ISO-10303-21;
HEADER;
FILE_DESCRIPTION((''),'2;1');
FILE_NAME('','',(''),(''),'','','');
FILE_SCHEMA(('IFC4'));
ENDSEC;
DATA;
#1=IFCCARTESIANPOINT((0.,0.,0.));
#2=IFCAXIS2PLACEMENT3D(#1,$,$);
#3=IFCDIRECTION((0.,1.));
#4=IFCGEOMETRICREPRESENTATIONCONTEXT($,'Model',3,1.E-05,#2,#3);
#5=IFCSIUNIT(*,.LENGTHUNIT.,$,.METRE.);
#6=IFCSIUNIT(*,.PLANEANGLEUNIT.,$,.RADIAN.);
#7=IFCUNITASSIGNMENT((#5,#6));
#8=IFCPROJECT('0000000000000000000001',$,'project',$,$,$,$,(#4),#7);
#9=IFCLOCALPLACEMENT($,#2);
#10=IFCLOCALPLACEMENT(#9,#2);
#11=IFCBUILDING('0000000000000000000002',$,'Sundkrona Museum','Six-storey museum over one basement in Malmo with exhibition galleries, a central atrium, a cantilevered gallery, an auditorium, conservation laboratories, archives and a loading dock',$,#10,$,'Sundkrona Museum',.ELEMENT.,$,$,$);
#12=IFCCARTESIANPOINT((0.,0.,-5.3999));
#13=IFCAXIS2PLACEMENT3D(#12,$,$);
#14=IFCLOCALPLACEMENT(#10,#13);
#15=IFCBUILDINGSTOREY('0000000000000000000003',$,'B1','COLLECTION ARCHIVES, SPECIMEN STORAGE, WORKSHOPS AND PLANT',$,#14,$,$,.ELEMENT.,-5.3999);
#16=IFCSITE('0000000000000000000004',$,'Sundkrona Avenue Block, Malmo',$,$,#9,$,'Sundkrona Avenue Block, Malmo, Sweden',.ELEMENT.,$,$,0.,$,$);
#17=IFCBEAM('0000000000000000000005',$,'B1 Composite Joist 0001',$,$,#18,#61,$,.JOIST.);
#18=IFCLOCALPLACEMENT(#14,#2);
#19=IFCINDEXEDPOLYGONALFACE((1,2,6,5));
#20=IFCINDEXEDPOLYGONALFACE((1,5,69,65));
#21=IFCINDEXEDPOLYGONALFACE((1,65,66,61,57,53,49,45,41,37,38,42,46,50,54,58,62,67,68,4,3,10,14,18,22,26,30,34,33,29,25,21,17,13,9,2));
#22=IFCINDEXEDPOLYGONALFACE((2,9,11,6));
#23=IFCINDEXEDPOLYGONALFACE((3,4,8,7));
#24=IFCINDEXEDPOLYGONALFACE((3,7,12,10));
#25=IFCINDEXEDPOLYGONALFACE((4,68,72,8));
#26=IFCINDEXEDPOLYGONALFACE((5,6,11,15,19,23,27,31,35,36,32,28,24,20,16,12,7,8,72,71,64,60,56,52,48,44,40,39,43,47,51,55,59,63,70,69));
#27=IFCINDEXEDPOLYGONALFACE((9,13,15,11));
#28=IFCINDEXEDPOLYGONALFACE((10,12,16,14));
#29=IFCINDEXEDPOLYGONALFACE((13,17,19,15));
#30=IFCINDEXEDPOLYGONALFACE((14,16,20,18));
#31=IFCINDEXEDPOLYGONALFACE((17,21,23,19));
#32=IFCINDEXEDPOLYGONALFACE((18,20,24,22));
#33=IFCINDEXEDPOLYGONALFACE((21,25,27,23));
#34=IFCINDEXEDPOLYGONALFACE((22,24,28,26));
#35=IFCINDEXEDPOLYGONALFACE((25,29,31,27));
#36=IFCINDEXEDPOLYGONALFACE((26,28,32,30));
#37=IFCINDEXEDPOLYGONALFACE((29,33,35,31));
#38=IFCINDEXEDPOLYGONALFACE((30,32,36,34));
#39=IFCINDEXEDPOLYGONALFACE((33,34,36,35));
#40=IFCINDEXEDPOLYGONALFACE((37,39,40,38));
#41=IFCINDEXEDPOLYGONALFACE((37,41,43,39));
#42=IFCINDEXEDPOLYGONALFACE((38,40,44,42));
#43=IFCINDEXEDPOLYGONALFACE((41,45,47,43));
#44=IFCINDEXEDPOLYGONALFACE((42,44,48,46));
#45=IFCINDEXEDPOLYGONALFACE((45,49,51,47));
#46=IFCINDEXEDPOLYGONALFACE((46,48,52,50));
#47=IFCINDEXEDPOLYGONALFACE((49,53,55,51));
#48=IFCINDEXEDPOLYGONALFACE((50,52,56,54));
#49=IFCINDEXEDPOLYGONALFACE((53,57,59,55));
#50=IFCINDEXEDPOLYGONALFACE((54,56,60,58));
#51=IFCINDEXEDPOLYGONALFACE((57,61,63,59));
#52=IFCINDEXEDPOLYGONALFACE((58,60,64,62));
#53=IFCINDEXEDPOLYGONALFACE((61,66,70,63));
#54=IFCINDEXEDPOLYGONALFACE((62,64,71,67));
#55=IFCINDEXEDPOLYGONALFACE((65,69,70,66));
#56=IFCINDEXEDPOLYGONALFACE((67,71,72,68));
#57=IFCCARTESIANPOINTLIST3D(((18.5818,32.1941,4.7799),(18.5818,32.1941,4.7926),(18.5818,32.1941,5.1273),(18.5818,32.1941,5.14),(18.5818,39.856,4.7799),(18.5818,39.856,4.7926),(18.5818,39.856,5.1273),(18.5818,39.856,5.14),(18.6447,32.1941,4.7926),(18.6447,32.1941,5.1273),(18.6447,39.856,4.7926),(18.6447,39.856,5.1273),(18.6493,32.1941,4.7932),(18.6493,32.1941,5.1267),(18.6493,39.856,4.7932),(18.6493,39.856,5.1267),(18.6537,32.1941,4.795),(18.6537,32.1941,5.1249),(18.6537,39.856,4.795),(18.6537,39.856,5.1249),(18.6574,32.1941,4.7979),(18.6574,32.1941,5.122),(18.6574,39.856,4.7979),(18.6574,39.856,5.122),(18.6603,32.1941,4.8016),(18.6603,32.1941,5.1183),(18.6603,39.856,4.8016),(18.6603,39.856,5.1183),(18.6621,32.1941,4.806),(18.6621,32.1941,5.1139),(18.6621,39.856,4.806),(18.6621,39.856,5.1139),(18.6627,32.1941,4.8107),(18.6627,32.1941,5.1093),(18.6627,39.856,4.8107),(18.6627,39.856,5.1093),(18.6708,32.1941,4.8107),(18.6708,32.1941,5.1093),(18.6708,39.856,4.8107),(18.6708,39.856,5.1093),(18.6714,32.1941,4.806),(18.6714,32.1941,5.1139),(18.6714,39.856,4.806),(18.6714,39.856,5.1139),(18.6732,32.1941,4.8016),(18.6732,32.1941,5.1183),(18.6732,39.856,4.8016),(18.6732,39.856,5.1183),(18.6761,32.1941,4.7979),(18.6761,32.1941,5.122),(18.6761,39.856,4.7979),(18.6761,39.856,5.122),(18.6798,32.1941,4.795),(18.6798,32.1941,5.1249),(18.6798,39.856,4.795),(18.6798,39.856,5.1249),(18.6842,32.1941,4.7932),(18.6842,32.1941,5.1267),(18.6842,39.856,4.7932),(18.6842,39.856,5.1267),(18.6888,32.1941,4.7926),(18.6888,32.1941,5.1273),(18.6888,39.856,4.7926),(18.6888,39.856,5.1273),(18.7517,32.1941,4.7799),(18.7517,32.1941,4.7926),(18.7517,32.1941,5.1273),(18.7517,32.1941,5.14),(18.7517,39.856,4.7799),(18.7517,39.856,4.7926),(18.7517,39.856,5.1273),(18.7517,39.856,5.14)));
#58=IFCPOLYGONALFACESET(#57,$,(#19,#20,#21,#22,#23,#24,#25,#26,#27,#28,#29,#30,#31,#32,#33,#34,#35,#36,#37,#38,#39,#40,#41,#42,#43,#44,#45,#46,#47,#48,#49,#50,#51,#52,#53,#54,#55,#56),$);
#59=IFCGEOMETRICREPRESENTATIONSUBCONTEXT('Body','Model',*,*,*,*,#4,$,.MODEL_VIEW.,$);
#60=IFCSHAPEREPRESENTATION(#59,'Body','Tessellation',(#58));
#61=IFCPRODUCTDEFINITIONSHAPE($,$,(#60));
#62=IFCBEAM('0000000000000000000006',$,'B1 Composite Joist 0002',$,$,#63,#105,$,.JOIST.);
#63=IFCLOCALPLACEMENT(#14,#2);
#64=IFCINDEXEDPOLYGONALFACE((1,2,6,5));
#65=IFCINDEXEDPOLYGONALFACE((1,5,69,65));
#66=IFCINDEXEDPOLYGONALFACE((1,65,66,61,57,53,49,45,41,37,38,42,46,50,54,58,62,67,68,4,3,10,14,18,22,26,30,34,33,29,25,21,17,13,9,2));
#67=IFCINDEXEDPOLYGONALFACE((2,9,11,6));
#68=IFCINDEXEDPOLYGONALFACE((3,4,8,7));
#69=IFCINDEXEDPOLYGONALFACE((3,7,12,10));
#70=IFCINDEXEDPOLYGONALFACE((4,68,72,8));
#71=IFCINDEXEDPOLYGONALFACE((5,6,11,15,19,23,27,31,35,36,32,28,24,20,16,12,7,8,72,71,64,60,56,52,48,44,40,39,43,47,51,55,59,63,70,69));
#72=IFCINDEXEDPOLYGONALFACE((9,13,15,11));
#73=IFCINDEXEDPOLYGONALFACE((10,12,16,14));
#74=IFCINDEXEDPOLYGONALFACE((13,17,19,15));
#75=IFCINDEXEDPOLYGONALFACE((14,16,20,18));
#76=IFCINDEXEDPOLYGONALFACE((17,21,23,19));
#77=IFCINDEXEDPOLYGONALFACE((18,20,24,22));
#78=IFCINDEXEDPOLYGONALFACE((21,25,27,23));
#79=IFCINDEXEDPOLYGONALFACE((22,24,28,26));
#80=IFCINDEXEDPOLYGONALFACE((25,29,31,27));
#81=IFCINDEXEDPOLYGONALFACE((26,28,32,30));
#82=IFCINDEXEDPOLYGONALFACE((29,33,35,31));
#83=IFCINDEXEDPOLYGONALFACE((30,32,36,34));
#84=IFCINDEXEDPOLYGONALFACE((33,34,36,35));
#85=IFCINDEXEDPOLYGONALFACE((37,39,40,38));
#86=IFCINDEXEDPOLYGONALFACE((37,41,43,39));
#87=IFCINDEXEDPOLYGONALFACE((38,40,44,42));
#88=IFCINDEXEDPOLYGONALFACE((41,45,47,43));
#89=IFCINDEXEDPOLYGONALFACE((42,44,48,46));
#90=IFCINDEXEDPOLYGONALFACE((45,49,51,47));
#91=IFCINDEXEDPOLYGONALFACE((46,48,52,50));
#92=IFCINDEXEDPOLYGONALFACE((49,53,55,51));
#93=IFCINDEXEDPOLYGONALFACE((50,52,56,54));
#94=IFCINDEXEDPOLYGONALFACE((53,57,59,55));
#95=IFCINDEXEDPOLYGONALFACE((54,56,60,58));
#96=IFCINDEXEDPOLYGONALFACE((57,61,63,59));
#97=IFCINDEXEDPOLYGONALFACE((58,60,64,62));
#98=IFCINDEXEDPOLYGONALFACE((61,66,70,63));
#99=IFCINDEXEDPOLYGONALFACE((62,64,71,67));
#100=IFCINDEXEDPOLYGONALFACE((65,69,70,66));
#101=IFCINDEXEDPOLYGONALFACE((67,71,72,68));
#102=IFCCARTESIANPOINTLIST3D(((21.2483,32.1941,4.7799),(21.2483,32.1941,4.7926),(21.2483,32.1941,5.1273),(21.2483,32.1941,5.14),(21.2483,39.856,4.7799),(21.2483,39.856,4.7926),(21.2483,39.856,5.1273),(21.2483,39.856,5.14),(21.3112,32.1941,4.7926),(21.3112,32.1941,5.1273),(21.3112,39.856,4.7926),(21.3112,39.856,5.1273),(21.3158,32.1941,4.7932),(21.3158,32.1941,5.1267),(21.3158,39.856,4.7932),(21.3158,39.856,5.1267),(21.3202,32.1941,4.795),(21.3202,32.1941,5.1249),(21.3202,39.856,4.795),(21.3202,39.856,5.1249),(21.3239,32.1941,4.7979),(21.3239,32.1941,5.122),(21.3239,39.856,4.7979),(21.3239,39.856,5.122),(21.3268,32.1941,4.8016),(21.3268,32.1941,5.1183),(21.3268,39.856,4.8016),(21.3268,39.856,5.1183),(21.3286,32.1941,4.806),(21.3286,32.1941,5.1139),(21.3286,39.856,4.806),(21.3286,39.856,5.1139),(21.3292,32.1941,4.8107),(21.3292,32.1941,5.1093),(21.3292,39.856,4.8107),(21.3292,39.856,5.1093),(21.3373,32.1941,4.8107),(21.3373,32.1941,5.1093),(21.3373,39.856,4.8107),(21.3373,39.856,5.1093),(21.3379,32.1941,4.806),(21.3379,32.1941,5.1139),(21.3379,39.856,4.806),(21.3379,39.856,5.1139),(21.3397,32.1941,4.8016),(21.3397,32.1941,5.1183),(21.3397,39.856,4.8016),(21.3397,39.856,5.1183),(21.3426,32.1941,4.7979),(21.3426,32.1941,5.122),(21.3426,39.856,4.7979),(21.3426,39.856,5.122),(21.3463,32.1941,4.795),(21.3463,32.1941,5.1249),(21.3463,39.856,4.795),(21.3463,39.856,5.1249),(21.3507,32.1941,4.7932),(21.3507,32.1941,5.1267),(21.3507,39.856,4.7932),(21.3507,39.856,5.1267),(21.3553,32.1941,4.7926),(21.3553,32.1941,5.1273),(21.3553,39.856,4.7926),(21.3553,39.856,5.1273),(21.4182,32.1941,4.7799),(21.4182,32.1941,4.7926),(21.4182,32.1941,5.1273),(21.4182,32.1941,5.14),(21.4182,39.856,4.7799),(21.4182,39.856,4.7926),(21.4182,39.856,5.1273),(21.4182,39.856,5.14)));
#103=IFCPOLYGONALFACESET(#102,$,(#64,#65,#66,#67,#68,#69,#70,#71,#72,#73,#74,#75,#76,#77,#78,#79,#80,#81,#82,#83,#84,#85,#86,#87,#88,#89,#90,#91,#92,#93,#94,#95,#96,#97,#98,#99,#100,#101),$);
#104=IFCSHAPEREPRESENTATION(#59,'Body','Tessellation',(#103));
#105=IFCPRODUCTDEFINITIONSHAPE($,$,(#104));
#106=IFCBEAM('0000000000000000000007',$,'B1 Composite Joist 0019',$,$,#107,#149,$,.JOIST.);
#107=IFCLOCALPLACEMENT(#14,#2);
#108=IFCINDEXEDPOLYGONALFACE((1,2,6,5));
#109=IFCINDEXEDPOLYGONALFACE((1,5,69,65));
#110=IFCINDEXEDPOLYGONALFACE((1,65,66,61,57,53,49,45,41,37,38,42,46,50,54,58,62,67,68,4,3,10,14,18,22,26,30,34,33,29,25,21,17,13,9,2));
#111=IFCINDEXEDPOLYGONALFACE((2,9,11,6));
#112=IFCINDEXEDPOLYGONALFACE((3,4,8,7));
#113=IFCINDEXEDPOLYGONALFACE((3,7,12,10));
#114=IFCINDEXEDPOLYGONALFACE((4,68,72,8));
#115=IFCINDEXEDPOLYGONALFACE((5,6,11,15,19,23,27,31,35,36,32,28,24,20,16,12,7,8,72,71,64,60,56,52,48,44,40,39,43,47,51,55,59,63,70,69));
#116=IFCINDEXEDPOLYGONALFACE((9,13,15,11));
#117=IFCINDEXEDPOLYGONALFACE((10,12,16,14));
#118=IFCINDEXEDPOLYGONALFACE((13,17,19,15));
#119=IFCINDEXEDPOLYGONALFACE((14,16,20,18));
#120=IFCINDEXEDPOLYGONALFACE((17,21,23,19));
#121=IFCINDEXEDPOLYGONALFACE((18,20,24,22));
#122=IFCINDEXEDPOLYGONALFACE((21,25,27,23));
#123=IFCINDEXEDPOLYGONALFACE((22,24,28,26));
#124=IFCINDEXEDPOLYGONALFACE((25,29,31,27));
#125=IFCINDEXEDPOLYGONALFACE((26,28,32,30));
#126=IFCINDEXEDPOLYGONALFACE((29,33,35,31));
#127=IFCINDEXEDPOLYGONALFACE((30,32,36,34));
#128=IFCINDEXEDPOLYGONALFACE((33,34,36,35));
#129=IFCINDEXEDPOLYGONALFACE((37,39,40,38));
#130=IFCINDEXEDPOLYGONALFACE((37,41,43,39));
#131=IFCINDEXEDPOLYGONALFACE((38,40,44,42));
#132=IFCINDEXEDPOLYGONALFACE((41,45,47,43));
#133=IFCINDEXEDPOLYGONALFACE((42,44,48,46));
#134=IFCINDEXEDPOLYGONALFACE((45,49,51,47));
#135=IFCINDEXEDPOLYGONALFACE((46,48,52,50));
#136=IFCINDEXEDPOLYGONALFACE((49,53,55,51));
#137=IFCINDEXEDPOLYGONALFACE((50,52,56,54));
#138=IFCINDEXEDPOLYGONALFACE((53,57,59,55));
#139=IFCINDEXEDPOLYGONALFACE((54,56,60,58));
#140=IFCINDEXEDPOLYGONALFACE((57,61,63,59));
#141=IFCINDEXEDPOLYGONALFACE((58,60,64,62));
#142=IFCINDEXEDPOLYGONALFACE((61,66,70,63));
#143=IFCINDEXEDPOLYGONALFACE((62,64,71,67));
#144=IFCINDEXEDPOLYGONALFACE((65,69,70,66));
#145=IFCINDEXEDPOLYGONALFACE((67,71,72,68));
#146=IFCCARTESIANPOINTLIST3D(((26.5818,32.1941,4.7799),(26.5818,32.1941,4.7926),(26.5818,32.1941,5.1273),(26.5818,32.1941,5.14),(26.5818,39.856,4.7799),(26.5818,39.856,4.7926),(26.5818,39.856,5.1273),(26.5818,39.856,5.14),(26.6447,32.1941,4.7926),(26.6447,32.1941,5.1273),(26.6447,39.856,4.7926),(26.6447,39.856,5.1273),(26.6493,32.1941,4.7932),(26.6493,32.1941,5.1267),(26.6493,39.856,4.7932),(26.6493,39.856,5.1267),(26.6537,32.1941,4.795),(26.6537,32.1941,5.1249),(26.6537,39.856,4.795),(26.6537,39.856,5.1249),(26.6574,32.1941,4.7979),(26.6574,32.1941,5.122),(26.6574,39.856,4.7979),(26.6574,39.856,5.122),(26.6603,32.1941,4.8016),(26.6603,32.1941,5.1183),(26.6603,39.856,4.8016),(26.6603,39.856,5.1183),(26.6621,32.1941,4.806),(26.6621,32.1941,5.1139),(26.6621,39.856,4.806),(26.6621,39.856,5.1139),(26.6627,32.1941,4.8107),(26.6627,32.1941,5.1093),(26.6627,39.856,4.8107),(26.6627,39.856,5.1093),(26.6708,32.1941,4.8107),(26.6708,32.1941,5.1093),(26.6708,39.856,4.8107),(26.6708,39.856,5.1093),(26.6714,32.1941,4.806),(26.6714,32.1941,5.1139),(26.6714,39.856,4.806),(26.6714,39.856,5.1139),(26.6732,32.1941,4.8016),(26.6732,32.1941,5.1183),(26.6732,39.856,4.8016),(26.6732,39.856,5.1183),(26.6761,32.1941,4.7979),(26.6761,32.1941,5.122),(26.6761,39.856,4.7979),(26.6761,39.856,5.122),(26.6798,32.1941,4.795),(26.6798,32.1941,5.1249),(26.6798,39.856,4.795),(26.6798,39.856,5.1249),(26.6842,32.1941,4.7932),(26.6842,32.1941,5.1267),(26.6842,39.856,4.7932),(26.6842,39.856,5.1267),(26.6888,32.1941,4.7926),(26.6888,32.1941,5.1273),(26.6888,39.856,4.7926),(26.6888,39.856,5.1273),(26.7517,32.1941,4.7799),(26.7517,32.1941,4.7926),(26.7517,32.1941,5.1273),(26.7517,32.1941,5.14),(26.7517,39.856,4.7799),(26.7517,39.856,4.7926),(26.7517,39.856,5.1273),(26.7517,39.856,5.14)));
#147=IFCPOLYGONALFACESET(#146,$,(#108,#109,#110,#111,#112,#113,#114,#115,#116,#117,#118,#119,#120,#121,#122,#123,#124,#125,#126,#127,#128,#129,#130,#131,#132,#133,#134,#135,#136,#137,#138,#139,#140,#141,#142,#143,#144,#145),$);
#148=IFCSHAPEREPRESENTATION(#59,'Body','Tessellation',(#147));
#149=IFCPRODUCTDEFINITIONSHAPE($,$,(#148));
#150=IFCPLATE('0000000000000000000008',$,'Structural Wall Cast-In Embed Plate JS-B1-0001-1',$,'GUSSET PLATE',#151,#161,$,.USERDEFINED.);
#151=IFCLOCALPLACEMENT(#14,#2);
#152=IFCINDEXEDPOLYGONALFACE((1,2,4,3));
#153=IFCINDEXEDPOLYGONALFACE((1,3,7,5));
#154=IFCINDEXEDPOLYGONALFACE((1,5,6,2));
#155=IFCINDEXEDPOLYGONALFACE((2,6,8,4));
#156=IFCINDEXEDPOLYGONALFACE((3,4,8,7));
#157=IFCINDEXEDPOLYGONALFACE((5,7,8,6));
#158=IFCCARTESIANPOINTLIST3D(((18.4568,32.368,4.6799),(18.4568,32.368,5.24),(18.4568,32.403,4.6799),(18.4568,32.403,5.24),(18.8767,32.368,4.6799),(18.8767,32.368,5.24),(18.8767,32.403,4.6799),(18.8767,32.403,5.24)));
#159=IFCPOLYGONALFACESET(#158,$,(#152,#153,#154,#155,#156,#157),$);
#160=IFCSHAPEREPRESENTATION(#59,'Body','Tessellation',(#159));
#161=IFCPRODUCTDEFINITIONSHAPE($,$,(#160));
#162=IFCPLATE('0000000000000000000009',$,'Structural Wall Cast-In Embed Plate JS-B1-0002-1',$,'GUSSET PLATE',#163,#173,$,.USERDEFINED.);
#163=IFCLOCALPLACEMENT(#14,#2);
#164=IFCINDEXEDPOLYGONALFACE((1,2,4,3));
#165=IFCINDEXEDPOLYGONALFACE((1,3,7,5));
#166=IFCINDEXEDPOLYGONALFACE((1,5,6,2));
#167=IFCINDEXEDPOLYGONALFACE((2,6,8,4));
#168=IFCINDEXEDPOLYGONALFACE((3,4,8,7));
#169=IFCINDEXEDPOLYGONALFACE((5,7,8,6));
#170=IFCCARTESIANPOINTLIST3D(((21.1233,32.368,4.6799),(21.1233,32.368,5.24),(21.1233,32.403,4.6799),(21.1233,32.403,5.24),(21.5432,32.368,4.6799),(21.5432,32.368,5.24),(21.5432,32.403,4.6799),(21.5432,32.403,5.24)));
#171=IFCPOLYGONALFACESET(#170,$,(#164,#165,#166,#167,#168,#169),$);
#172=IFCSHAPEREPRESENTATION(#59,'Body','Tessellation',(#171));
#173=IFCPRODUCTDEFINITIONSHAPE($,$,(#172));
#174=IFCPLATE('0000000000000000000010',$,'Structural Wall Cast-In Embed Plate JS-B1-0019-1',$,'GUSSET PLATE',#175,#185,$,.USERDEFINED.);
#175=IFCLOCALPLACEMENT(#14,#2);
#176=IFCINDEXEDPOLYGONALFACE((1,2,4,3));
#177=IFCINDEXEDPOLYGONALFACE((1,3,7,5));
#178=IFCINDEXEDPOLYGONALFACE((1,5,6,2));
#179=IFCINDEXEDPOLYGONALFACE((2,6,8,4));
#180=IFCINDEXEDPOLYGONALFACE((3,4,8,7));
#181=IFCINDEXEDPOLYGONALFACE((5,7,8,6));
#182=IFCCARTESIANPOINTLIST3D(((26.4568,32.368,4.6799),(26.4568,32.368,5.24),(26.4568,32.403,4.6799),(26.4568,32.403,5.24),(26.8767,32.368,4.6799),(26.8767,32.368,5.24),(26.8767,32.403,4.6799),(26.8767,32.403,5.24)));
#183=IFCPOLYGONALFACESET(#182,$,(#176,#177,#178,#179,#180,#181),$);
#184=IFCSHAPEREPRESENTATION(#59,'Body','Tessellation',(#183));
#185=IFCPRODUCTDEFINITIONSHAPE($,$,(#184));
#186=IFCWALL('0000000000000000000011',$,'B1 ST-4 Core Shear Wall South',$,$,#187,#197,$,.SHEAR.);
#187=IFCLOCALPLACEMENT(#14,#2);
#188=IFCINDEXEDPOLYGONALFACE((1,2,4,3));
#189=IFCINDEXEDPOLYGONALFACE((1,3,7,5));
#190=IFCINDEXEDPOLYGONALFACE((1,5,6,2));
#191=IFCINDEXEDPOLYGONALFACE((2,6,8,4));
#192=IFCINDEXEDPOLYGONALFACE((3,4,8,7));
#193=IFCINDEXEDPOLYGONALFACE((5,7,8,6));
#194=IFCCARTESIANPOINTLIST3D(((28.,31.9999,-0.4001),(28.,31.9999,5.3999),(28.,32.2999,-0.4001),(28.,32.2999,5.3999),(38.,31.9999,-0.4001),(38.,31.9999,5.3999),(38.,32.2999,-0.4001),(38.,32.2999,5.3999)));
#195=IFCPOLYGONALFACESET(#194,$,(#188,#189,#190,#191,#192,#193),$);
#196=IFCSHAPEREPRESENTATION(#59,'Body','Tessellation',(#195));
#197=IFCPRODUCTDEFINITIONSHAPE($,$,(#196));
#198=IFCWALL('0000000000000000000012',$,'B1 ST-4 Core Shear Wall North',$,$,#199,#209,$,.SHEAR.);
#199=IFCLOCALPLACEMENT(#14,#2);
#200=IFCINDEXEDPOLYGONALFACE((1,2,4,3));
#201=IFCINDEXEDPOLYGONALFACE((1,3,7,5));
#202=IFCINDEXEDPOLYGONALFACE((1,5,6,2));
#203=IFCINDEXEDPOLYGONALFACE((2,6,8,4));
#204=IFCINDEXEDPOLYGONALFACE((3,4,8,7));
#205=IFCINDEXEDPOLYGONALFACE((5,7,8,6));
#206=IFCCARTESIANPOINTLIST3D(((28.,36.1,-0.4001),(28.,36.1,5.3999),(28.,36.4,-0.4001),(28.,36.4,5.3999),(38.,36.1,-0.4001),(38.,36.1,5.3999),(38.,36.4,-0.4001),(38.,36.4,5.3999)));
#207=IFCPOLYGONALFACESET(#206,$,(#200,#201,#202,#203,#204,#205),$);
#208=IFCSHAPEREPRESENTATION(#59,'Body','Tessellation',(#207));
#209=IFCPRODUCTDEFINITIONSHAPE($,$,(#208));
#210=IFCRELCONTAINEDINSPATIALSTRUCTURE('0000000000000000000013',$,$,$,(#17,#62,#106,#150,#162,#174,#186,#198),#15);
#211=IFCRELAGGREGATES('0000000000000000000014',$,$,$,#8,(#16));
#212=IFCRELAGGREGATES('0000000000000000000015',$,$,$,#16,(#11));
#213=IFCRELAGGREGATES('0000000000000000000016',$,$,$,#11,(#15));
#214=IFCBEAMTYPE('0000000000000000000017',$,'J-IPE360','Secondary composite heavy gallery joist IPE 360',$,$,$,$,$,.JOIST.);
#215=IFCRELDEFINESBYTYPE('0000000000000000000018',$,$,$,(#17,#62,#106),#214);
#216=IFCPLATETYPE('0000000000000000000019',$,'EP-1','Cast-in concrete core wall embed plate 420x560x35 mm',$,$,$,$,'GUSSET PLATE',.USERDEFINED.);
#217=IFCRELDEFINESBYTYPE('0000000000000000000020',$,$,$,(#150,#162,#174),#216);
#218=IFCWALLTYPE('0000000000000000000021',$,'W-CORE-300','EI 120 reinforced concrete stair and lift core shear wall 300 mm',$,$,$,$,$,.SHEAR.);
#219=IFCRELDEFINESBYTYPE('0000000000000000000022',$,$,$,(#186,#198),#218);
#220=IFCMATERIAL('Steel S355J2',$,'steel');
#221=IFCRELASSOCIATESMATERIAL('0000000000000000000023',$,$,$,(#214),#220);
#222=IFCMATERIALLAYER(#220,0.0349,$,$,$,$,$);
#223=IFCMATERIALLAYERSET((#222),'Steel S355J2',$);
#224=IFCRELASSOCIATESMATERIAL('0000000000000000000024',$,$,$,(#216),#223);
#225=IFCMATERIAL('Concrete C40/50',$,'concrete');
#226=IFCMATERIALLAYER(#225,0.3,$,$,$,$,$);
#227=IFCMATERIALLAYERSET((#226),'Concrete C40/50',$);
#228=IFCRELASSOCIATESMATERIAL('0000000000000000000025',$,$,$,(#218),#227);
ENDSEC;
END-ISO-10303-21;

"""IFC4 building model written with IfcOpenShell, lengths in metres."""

from ifc_helpers import new_model, si_unit, direction, frame, frame_2d, origin, origin_2d, place, context, subcontext, project, spatial, rectangle, i_section, extrude, material, layer, layer_set, material_profile, profile_set, type_object, element, save


model = new_model("IFC4")

# Units and contexts
model_context = context("Model", 3, precision=1e-05, world=origin(), true_north=direction((0.0, 1.0)))
body_context = subcontext(model_context, "Body", "Model", "MODEL_VIEW")
ifc_project = project(units=[si_unit("LENGTHUNIT", "METRE"), si_unit("PLANEANGLEUNIT", "RADIAN")], contexts=[model_context])

# Site, building, storey
site_placement = place(None, origin())
site = spatial("IfcSite", under=ifc_project, at=site_placement, Name="Sundkrona Avenue Block, Malmo", LongName="Sundkrona Avenue Block, Malmo, Sweden", CompositionType="ELEMENT", RefElevation=0.0)
building_placement = place(site_placement, origin())
building = spatial("IfcBuilding", under=site, at=building_placement, Name="Sundkrona Museum", Description="Six-storey museum over one basement in Malmo with exhibition galleries, a central atrium, a cantilevered gallery, an auditorium, conservation laboratories, archives and a loading dock", LongName="Sundkrona Museum", CompositionType="ELEMENT")
storey_placement = place(building_placement, frame((0.0, 0.0, -5.3999)))
storey = spatial("IfcBuildingStorey", under=building, at=storey_placement, Name="B1", Description="COLLECTION ARCHIVES, SPECIMEN STORAGE, WORKSHOPS AND PLANT", CompositionType="ELEMENT", Elevation=-5.3999)

# Shared definitions
ifc_material_1 = material(Name="Concrete C40/50", Category="concrete")

# Beams
ifc_material_2 = material(Name="Steel S355J2", Category="steel")
ifc_material_profile_1 = material_profile(ifc_material_2, i_section(OverallWidth=0.1699, OverallDepth=0.3601, WebThickness=0.0081, FlangeThickness=0.0127, FilletRadius=0.0181, at=origin_2d()), Name="IPE 360")
ifc_profile_set_1 = profile_set([ifc_material_profile_1], Name="Steel S355J2")
beam_type_1 = type_object("IfcBeamType", Name="J-IPE360", Description="Secondary composite heavy gallery joist IPE 360", PredefinedType="JOIST", material=ifc_profile_set_1)
for number, where, z_axis, x_axis, name in (
    (1, (18.6667, 32.1941, 4.96), (0.0, 1.0, 0.0), (-1.0, 0.0, 0.0), "B1 Composite Joist 0001"),
    (2, (21.3333, 32.1941, 4.96), (0.0, 1.0, 0.0), (-1.0, 0.0, 0.0), "B1 Composite Joist 0002"),
    (3, (26.6667, 32.1941, 4.96), (0.0, 1.0, 0.0), (-1.0, 0.0, 0.0), "B1 Composite Joist 0019"),
):
    element("IfcBeam", number, at=place(storey_placement, frame(where, z_axis=z_axis, x_axis=x_axis)), inside=storey, type_object=beam_type_1, Name=name, PredefinedType="JOIST", context=body_context, shape_type="SweptSolid", body=[
        extrude(i_section(OverallWidth=0.1699, OverallDepth=0.3601, WebThickness=0.0081, FlangeThickness=0.0127, FilletRadius=0.0181, at=origin_2d()), origin(), (0.0, 0.0, 1.0), 7.6619),
    ])

# Plates
ifc_layer_1 = layer(ifc_material_2, 0.0349)
ifc_layer_set_1 = layer_set([ifc_layer_1], Name="Steel S355J2")
plate_type = type_object("IfcPlateType", Name="EP-1", Description="Cast-in concrete core wall embed plate 420x560x35 mm", ElementType="GUSSET PLATE", PredefinedType="USERDEFINED", material=ifc_layer_set_1)
for number, where, z_axis, x_axis, name in (
    (4, (18.6667, 32.3855, 4.6799), (0.0, 0.0, 1.0), (1.0, 0.0, 0.0), "Structural Wall Cast-In Embed Plate JS-B1-0001-1"),
    (5, (21.3333, 32.3855, 4.6799), (0.0, 0.0, 1.0), (1.0, 0.0, 0.0), "Structural Wall Cast-In Embed Plate JS-B1-0002-1"),
    (6, (26.6667, 32.3855, 4.6799), (0.0, 0.0, 1.0), (1.0, 0.0, 0.0), "Structural Wall Cast-In Embed Plate JS-B1-0019-1"),
):
    element("IfcPlate", number, at=place(storey_placement, frame(where, z_axis=z_axis, x_axis=x_axis)), inside=storey, type_object=plate_type, Name=name, ObjectType="GUSSET PLATE", PredefinedType="USERDEFINED", context=body_context, shape_type="SweptSolid", body=[
        extrude(rectangle(XDim=0.4199, YDim=0.0349, at=origin_2d()), origin(), (0.0, 0.0, 1.0), 0.5601),
    ])

# Walls
ifc_layer_2 = layer(ifc_material_1, 0.3)
ifc_layer_set_2 = layer_set([ifc_layer_2], Name="Concrete C40/50")
wall_type_1 = type_object("IfcWallType", Name="W-CORE-300", Description="EI 120 reinforced concrete stair and lift core shear wall 300 mm", PredefinedType="SHEAR", material=ifc_layer_set_2)
for number, where, z_axis, x_axis, name in (
    (7, (28.0, 32.1499, -0.4001), (0.0, 0.0, 1.0), (1.0, 0.0, 0.0), "B1 ST-4 Core Shear Wall South"),
    (8, (28.0, 36.25, -0.4001), (0.0, 0.0, 1.0), (1.0, 0.0, 0.0), "B1 ST-4 Core Shear Wall North"),
):
    element("IfcWall", number, at=place(storey_placement, frame(where, z_axis=z_axis, x_axis=x_axis)), inside=storey, type_object=wall_type_1, Name=name, PredefinedType="SHEAR", context=body_context, shape_type="SweptSolid", body=[
        extrude(rectangle(XDim=10.0, YDim=0.3, at=frame_2d((5.0, 0.0))), origin(), (0.0, 0.0, 1.0), 5.8),
    ])

save(model, "model.ifc")
